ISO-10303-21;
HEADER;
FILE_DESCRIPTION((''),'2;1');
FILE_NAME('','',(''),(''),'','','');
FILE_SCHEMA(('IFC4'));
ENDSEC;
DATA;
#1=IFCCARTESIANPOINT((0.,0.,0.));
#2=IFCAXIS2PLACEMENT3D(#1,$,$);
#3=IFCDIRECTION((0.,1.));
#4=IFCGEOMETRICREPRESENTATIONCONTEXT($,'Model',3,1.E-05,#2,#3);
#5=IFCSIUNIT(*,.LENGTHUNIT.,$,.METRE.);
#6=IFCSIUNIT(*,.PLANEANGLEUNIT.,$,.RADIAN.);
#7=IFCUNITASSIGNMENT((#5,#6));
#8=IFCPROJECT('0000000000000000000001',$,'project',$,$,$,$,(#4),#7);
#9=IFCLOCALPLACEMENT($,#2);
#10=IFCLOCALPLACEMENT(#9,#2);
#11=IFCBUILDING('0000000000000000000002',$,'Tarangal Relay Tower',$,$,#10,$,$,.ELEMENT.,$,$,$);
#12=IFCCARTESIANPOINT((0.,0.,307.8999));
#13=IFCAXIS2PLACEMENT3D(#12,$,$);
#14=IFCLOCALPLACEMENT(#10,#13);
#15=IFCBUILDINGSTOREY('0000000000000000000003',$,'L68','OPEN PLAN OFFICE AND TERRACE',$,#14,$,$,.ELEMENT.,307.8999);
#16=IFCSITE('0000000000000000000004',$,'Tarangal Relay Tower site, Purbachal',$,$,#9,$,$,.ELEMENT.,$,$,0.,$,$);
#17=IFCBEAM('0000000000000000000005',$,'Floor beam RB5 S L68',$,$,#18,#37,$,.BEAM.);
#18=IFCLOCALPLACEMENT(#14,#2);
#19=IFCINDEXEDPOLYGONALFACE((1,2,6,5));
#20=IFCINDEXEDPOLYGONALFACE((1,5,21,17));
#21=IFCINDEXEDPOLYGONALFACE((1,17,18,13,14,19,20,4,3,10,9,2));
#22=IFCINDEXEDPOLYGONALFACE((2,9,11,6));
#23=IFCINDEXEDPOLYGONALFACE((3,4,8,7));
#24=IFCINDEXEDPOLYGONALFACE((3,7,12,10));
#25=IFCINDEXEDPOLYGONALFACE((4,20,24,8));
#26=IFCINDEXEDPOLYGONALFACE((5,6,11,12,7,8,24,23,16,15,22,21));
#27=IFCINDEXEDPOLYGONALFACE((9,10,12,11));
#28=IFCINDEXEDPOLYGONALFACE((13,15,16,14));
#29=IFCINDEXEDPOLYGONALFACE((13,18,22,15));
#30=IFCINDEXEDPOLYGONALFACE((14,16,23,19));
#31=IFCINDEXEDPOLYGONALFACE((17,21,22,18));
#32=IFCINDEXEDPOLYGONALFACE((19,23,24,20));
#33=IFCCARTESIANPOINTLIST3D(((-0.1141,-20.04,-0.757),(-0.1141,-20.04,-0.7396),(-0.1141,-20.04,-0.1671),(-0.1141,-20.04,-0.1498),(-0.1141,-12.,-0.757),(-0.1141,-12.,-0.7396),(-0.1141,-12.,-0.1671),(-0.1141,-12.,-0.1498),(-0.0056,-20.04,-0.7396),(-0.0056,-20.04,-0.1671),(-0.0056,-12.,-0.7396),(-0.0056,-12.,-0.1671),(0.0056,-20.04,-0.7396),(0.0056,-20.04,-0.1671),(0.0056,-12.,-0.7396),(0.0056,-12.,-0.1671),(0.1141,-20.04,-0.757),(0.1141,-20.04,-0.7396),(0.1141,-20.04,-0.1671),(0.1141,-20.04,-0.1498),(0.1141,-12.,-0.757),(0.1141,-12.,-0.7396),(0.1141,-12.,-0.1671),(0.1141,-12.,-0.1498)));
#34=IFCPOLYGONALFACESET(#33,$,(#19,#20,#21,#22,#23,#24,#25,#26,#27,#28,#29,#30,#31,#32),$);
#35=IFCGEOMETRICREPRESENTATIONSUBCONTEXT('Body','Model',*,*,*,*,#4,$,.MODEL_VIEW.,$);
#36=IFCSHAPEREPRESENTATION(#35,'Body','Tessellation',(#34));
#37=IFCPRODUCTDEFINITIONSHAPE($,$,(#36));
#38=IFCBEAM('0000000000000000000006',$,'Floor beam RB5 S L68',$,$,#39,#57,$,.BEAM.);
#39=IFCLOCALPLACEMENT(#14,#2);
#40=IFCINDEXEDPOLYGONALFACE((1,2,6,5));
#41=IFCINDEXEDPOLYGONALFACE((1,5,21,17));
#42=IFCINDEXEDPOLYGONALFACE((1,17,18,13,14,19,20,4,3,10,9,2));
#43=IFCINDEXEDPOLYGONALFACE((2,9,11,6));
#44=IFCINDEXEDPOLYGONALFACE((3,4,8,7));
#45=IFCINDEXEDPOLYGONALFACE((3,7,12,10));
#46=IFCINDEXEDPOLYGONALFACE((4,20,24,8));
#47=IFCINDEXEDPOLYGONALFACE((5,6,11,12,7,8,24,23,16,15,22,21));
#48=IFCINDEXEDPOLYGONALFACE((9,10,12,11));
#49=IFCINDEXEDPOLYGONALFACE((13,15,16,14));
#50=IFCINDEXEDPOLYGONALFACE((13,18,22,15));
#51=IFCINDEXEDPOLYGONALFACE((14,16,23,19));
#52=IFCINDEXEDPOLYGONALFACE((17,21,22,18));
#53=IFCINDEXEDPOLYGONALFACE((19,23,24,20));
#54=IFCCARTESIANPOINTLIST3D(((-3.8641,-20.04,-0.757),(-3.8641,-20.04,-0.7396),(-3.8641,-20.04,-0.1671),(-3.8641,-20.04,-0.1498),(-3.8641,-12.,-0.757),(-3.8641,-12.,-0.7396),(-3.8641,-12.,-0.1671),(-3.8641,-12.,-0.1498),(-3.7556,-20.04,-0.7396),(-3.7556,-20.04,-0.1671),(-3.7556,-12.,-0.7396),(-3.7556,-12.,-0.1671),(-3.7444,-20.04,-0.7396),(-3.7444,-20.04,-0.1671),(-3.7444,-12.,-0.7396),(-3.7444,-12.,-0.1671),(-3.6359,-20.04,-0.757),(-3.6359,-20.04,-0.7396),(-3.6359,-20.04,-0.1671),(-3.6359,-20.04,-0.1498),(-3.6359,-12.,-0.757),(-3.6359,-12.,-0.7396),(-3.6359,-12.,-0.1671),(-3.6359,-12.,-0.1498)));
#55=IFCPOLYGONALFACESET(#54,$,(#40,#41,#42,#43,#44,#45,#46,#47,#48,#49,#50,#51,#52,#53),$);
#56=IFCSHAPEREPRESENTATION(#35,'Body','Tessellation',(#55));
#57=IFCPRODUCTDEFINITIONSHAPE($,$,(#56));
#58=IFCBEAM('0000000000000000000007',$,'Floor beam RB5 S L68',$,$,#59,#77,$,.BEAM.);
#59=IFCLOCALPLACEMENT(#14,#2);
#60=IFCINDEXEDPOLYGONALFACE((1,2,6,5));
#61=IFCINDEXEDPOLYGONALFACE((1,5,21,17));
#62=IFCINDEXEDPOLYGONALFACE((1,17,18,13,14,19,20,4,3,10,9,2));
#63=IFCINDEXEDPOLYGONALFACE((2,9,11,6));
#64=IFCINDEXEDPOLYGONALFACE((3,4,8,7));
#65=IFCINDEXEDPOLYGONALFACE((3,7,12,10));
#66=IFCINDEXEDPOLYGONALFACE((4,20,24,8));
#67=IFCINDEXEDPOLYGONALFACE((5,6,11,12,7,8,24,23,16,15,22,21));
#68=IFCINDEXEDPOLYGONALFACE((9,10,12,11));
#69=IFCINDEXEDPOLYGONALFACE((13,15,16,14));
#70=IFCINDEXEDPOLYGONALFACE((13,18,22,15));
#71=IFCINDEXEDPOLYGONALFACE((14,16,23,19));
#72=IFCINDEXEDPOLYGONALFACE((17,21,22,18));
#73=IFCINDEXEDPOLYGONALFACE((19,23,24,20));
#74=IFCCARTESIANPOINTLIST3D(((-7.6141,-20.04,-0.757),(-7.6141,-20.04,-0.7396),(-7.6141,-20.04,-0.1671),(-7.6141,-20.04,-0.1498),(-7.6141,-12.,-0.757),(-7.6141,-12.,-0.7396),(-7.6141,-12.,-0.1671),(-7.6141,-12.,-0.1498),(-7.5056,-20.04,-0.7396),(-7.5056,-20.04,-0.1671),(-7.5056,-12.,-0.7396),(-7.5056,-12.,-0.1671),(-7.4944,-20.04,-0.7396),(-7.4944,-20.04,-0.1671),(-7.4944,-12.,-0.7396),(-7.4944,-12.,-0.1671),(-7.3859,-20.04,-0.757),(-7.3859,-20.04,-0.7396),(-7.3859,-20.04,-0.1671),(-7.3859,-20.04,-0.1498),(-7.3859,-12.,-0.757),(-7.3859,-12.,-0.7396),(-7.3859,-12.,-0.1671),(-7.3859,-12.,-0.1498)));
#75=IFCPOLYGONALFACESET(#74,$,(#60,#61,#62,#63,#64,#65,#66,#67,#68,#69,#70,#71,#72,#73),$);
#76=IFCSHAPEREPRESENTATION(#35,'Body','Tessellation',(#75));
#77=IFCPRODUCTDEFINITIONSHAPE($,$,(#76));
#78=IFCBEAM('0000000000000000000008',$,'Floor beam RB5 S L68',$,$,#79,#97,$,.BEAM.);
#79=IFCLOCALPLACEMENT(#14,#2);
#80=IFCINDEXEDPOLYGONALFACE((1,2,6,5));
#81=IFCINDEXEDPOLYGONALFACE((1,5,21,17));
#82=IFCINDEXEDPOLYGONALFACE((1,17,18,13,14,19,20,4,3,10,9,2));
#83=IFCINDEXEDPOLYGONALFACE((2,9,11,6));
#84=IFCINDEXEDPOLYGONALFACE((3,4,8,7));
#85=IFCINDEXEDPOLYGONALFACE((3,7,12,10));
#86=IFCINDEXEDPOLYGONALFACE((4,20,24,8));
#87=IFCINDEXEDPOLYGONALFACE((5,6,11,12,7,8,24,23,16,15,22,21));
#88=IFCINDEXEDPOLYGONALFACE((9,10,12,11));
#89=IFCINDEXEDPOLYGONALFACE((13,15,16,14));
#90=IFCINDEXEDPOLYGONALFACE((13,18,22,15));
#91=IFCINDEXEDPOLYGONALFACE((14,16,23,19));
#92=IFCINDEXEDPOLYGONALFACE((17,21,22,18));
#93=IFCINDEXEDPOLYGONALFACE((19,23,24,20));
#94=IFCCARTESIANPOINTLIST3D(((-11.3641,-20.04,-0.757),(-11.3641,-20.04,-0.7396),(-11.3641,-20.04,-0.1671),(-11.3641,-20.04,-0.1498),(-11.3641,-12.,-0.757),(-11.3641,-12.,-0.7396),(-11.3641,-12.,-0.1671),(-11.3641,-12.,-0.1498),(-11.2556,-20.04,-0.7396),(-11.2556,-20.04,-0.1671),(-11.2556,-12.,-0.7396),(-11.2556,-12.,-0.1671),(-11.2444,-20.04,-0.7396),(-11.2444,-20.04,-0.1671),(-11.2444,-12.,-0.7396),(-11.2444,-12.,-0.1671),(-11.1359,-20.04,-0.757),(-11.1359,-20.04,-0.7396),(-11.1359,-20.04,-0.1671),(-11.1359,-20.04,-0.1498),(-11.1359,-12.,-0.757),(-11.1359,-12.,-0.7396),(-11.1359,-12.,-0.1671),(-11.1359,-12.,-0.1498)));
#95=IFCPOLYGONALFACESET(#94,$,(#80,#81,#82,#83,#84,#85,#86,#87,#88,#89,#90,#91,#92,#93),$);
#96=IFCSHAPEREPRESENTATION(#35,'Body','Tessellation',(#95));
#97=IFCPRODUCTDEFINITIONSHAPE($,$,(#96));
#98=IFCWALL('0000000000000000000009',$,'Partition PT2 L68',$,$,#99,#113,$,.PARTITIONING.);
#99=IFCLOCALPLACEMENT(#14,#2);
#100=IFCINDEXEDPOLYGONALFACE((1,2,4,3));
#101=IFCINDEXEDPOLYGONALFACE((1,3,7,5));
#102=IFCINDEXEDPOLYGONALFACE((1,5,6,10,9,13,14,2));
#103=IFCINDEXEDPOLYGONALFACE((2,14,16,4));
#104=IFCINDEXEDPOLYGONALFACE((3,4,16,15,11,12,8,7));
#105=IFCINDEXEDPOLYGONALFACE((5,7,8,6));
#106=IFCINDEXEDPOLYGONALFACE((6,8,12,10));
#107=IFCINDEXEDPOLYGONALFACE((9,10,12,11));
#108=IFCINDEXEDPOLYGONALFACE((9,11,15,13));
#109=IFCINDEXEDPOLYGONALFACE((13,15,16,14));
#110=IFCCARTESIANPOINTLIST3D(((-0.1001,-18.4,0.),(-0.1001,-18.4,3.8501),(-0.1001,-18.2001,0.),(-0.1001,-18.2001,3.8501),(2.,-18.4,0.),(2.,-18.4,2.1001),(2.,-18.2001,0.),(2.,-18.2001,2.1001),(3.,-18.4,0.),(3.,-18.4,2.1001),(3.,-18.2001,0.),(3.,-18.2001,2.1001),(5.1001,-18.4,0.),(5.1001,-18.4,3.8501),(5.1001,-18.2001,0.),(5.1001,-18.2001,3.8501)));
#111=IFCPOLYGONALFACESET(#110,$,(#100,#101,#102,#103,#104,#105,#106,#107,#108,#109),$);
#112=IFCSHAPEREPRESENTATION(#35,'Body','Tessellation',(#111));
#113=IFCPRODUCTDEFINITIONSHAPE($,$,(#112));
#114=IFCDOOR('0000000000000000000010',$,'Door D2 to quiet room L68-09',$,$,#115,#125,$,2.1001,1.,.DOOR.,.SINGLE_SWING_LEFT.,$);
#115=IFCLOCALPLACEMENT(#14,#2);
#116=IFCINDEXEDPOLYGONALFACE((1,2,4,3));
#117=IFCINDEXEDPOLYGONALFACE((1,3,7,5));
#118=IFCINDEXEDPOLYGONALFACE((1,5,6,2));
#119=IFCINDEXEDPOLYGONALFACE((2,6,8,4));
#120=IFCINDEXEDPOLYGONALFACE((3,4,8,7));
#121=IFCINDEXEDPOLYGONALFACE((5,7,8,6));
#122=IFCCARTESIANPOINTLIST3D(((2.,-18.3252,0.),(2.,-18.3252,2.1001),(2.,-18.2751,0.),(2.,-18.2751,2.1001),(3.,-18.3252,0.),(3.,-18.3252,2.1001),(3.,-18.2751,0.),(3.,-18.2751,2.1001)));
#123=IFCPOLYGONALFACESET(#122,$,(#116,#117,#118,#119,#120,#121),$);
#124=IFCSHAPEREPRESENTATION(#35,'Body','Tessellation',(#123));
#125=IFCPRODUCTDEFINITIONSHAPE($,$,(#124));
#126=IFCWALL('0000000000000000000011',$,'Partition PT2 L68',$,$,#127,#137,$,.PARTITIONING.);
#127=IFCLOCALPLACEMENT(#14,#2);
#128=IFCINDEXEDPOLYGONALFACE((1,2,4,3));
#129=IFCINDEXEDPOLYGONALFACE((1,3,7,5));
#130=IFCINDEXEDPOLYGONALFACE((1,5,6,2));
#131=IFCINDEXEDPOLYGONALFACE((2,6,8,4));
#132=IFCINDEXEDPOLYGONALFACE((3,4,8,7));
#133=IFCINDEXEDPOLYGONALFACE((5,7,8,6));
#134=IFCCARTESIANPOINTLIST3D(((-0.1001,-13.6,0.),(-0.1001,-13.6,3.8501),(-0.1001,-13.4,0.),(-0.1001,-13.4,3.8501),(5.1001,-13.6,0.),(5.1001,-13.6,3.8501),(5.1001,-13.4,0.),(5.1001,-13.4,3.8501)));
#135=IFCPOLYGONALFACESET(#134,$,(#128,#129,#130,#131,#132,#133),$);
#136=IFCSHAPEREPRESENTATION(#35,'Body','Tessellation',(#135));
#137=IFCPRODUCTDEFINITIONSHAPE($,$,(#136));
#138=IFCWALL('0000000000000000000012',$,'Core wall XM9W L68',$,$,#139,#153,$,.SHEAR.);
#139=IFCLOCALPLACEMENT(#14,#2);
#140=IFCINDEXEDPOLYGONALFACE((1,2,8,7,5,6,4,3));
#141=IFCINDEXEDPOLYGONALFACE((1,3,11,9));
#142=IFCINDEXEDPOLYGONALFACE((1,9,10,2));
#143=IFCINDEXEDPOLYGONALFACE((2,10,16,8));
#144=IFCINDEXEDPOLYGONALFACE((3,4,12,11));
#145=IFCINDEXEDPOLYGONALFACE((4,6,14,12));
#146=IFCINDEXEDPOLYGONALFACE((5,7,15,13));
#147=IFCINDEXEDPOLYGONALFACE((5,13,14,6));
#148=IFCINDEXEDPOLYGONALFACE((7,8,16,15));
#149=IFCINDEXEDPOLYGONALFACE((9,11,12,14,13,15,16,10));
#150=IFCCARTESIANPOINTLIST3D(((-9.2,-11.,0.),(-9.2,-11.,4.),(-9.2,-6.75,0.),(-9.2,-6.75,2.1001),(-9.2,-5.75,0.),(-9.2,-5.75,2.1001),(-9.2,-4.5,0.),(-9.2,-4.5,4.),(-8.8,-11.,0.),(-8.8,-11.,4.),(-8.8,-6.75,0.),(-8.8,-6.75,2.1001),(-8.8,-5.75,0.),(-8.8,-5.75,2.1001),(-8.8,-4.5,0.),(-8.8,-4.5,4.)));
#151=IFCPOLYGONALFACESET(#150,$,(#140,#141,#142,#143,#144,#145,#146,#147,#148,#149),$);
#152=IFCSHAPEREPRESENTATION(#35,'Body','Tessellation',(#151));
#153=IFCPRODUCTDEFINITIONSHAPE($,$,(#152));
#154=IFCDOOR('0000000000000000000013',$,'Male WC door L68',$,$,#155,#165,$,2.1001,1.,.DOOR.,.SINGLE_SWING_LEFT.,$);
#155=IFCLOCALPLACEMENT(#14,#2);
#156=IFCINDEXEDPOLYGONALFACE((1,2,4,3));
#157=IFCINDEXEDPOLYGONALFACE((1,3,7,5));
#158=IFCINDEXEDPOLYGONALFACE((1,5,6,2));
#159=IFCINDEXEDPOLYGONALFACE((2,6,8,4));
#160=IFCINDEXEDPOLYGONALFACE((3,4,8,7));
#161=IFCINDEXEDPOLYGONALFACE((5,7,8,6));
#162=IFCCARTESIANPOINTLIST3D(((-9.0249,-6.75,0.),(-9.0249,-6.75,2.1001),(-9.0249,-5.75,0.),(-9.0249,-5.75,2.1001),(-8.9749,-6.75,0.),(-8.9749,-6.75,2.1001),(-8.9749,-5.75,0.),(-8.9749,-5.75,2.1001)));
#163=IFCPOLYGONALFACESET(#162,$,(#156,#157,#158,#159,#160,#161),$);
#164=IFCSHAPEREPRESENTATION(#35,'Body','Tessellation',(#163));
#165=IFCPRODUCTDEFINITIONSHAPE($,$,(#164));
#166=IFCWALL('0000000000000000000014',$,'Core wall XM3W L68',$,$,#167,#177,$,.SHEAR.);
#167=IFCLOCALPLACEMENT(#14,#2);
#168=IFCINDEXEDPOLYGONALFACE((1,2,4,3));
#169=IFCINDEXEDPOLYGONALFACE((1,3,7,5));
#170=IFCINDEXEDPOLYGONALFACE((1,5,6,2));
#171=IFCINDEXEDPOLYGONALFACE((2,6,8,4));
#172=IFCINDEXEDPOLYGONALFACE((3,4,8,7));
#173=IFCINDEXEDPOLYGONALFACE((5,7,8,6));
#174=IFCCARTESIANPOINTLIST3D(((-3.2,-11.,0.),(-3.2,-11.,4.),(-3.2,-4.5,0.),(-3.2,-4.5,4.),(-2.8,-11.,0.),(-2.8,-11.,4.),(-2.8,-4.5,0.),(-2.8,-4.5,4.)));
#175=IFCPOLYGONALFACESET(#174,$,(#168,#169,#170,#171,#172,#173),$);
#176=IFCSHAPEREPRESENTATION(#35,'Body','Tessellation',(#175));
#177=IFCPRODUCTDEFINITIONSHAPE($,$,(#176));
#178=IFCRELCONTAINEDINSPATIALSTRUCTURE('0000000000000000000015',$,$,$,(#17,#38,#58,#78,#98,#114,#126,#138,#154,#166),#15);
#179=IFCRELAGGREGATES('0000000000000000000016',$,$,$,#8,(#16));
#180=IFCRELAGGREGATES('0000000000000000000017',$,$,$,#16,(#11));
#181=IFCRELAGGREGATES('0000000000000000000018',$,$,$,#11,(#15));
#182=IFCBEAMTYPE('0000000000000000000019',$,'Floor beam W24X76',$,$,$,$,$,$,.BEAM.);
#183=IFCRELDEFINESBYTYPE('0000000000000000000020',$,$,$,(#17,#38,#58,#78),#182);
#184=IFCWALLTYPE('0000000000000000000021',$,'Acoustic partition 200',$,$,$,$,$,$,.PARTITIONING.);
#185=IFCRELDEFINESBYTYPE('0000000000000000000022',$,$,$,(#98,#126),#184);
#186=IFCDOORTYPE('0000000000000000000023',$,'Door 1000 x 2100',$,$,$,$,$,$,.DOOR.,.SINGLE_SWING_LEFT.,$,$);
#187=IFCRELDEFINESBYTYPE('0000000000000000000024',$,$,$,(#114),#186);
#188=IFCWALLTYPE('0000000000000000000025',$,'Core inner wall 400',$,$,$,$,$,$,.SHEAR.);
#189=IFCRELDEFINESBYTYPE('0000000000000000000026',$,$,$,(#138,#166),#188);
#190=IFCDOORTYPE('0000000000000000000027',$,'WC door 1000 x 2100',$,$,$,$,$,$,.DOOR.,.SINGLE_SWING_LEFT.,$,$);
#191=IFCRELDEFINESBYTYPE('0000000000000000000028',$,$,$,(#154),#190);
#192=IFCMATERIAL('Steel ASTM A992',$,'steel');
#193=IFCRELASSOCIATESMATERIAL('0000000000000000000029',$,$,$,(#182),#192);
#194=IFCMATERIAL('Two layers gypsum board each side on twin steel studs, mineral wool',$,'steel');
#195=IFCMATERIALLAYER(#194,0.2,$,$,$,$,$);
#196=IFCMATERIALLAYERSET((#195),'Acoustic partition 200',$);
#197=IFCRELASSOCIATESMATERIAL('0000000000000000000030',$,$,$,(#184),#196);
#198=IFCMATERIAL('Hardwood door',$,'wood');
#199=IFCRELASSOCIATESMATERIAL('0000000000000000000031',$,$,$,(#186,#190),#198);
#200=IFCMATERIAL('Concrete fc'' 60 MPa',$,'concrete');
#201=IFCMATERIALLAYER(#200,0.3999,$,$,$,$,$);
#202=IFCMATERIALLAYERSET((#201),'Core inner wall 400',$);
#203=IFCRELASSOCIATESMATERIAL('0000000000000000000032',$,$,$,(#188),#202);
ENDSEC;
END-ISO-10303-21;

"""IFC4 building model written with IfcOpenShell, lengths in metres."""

from ifc_helpers import new_model, si_unit, direction, frame, frame_2d, origin, origin_2d, place, context, subcontext, project, spatial, rectangle, i_section, extrude, material, layer, layer_set, material_profile, profile_set, type_object, element, fill, save


model = new_model("IFC4")

# Units and contexts
model_context = context("Model", 3, precision=1e-05, world=origin(), true_north=direction((0.0, 1.0)))
body_context = subcontext(model_context, "Body", "Model", "MODEL_VIEW")
ifc_project = project(units=[si_unit("LENGTHUNIT", "METRE"), si_unit("PLANEANGLEUNIT", "RADIAN")], contexts=[model_context])

# Site, building, storey
site_placement = place(None, origin())
site = spatial("IfcSite", under=ifc_project, at=site_placement, Name="Tarangal Relay Tower site, Purbachal", CompositionType="ELEMENT", RefElevation=0.0)
building_placement = place(site_placement, origin())
building = spatial("IfcBuilding", under=site, at=building_placement, Name="Tarangal Relay Tower", CompositionType="ELEMENT")
storey_placement = place(building_placement, frame((0.0, 0.0, 307.8999)))
storey = spatial("IfcBuildingStorey", under=building, at=storey_placement, Name="L68", Description="OPEN PLAN OFFICE AND TERRACE", CompositionType="ELEMENT", Elevation=307.8999)

# Beams
ifc_material_1 = material(Name="Steel ASTM A992", Category="steel")
ifc_material_profile = material_profile(ifc_material_1, i_section(OverallWidth=0.2283, OverallDepth=0.6072, WebThickness=0.0112, FlangeThickness=0.0173, at=origin_2d()), Name="W24X76")
ifc_profile_set = profile_set([ifc_material_profile], Name="Steel ASTM A992")
beam_type = type_object("IfcBeamType", Name="Floor beam W24X76", PredefinedType="BEAM", material=ifc_profile_set)
for number, where, z_axis, x_axis, name in (
    (1, (0.0, -12.0, -0.4534), (0.0, -1.0, 0.0), (1.0, 0.0, 0.0), "Floor beam RB5 S L68"),
    (2, (-3.75, -12.0, -0.4534), (0.0, -1.0, 0.0), (1.0, 0.0, 0.0), "Floor beam RB5 S L68"),
    (3, (-7.5, -12.0, -0.4534), (0.0, -1.0, 0.0), (1.0, 0.0, 0.0), "Floor beam RB5 S L68"),
    (4, (-11.25, -12.0, -0.4534), (0.0, -1.0, 0.0), (1.0, 0.0, 0.0), "Floor beam RB5 S L68"),
):
    element("IfcBeam", number, at=place(storey_placement, frame(where, z_axis=z_axis, x_axis=x_axis)), inside=storey, type_object=beam_type, Name=name, PredefinedType="BEAM", context=body_context, shape_type="SweptSolid", body=[
        extrude(i_section(OverallWidth=0.2283, OverallDepth=0.6072, WebThickness=0.0112, FlangeThickness=0.0173, at=origin_2d()), origin(), (0.0, 0.0, 1.0), 8.04),
    ])

# Wall, opening, door
ifc_material_2 = material(Name="Two layers gypsum board each side on twin steel studs, mineral wool", Category="steel")
ifc_layer_1 = layer(ifc_material_2, 0.2)
ifc_layer_set_1 = layer_set([ifc_layer_1], Name="Acoustic partition 200")
wall_type_1 = type_object("IfcWallType", Name="Acoustic partition 200", PredefinedType="PARTITIONING", material=ifc_layer_set_1)
wall_1_placement = place(storey_placement, frame((-0.1001, -18.3, 0.0), z_axis=(0.0, 0.0, 1.0), x_axis=(1.0, 0.0, 0.0)))
wall_1 = element("IfcWall", 5, at=wall_1_placement, inside=storey, type_object=wall_type_1, Name="Partition PT2 L68", PredefinedType="PARTITIONING", context=body_context, shape_type="SweptSolid", body=[
    extrude(rectangle(XDim=5.2002, YDim=0.2, at=frame_2d((2.6001, 0.0))), origin(), (0.0, 0.0, 1.0), 3.8501),
])
opening_1_placement = place(wall_1_placement, frame((2.1001, 0.0, 0.0)))
opening_1 = element("IfcOpeningElement", 6, at=opening_1_placement, cuts=wall_1, PredefinedType="OPENING", context=body_context, shape_type="SweptSolid", body=[
    extrude(rectangle(XDim=1.0, YDim=2.1001, at=frame_2d((0.5, 1.05))), frame((0.0, 0.1099, 0.0), z_axis=(0.0, -1.0, 0.0), x_axis=(1.0, 0.0, 0.0)), (0.0, 0.0, 1.0), 0.22),
])
ifc_material_3 = material(Name="Hardwood door", Category="wood")
door_type_1 = type_object("IfcDoorType", Name="Door 1000 x 2100", OperationType="SINGLE_SWING_LEFT", PredefinedType="DOOR", material=ifc_material_3)
door_1_placement = place(opening_1_placement, origin())
door_1 = element("IfcDoor", 7, at=door_1_placement, inside=storey, type_object=door_type_1, Name="Door D2 to quiet room L68-09", OperationType="SINGLE_SWING_LEFT", OverallHeight=2.1001, OverallWidth=1.0, PredefinedType="DOOR", context=body_context, shape_type="SweptSolid", body=[
    extrude(rectangle(XDim=1.0, YDim=2.1001, at=frame_2d((0.5, 1.05))), frame((0.0, 0.0249, 0.0), z_axis=(0.0, -1.0, 0.0), x_axis=(1.0, 0.0, 0.0)), (0.0, 0.0, 1.0), 0.05),
])
fill(opening_1, door_1)

# Wall
wall_2_placement = place(storey_placement, frame((-0.1001, -13.5, 0.0), z_axis=(0.0, 0.0, 1.0), x_axis=(1.0, 0.0, 0.0)))
element("IfcWall", 8, at=wall_2_placement, inside=storey, type_object=wall_type_1, Name="Partition PT2 L68", PredefinedType="PARTITIONING", context=body_context, shape_type="SweptSolid", body=[
    extrude(rectangle(XDim=5.2002, YDim=0.2, at=frame_2d((2.6001, 0.0))), origin(), (0.0, 0.0, 1.0), 3.8501),
])

# Wall, opening, door
ifc_material_4 = material(Name="Concrete fc' 60 MPa", Category="concrete")
ifc_layer_2 = layer(ifc_material_4, 0.3999)
ifc_layer_set_2 = layer_set([ifc_layer_2], Name="Core inner wall 400")
wall_type_2 = type_object("IfcWallType", Name="Core inner wall 400", PredefinedType="SHEAR", material=ifc_layer_set_2)
wall_3_placement = place(storey_placement, frame((-9.0, -11.0, 0.0), z_axis=(0.0, 0.0, 1.0), x_axis=(0.0, 1.0, 0.0)))
wall_3 = element("IfcWall", 9, at=wall_3_placement, inside=storey, type_object=wall_type_2, Name="Core wall XM9W L68", PredefinedType="SHEAR", context=body_context, shape_type="SweptSolid", body=[
    extrude(rectangle(XDim=6.5, YDim=0.3999, at=frame_2d((3.25, 0.0))), origin(), (0.0, 0.0, 1.0), 4.0),
])
opening_2_placement = place(wall_3_placement, frame((4.25, 0.0, 0.0)))
opening_2 = element("IfcOpeningElement", 10, at=opening_2_placement, cuts=wall_3, PredefinedType="OPENING", context=body_context, shape_type="SweptSolid", body=[
    extrude(rectangle(XDim=1.0, YDim=2.1001, at=frame_2d((0.5, 1.05))), frame((0.0, 0.21, 0.0), z_axis=(0.0, -1.0, 0.0), x_axis=(1.0, 0.0, 0.0)), (0.0, 0.0, 1.0), 0.4199),
])
door_type_2 = type_object("IfcDoorType", Name="WC door 1000 x 2100", OperationType="SINGLE_SWING_LEFT", PredefinedType="DOOR", material=ifc_material_3)
door_2_placement = place(opening_2_placement, origin())
door_2 = element("IfcDoor", 11, at=door_2_placement, inside=storey, type_object=door_type_2, Name="Male WC door L68", OperationType="SINGLE_SWING_LEFT", OverallHeight=2.1001, OverallWidth=1.0, PredefinedType="DOOR", context=body_context, shape_type="SweptSolid", body=[
    extrude(rectangle(XDim=1.0, YDim=2.1001, at=frame_2d((0.5, 1.05))), frame((0.0, 0.0249, 0.0), z_axis=(0.0, -1.0, 0.0), x_axis=(1.0, 0.0, 0.0)), (0.0, 0.0, 1.0), 0.05),
])
fill(opening_2, door_2)

# Wall
wall_4_placement = place(storey_placement, frame((-3.0, -11.0, 0.0), z_axis=(0.0, 0.0, 1.0), x_axis=(0.0, 1.0, 0.0)))
element("IfcWall", 12, at=wall_4_placement, inside=storey, type_object=wall_type_2, Name="Core wall XM3W L68", PredefinedType="SHEAR", context=body_context, shape_type="SweptSolid", body=[
    extrude(rectangle(XDim=6.5, YDim=0.3999, at=frame_2d((3.25, 0.0))), origin(), (0.0, 0.0, 1.0), 4.0),
])

save(model, "model.ifc")
